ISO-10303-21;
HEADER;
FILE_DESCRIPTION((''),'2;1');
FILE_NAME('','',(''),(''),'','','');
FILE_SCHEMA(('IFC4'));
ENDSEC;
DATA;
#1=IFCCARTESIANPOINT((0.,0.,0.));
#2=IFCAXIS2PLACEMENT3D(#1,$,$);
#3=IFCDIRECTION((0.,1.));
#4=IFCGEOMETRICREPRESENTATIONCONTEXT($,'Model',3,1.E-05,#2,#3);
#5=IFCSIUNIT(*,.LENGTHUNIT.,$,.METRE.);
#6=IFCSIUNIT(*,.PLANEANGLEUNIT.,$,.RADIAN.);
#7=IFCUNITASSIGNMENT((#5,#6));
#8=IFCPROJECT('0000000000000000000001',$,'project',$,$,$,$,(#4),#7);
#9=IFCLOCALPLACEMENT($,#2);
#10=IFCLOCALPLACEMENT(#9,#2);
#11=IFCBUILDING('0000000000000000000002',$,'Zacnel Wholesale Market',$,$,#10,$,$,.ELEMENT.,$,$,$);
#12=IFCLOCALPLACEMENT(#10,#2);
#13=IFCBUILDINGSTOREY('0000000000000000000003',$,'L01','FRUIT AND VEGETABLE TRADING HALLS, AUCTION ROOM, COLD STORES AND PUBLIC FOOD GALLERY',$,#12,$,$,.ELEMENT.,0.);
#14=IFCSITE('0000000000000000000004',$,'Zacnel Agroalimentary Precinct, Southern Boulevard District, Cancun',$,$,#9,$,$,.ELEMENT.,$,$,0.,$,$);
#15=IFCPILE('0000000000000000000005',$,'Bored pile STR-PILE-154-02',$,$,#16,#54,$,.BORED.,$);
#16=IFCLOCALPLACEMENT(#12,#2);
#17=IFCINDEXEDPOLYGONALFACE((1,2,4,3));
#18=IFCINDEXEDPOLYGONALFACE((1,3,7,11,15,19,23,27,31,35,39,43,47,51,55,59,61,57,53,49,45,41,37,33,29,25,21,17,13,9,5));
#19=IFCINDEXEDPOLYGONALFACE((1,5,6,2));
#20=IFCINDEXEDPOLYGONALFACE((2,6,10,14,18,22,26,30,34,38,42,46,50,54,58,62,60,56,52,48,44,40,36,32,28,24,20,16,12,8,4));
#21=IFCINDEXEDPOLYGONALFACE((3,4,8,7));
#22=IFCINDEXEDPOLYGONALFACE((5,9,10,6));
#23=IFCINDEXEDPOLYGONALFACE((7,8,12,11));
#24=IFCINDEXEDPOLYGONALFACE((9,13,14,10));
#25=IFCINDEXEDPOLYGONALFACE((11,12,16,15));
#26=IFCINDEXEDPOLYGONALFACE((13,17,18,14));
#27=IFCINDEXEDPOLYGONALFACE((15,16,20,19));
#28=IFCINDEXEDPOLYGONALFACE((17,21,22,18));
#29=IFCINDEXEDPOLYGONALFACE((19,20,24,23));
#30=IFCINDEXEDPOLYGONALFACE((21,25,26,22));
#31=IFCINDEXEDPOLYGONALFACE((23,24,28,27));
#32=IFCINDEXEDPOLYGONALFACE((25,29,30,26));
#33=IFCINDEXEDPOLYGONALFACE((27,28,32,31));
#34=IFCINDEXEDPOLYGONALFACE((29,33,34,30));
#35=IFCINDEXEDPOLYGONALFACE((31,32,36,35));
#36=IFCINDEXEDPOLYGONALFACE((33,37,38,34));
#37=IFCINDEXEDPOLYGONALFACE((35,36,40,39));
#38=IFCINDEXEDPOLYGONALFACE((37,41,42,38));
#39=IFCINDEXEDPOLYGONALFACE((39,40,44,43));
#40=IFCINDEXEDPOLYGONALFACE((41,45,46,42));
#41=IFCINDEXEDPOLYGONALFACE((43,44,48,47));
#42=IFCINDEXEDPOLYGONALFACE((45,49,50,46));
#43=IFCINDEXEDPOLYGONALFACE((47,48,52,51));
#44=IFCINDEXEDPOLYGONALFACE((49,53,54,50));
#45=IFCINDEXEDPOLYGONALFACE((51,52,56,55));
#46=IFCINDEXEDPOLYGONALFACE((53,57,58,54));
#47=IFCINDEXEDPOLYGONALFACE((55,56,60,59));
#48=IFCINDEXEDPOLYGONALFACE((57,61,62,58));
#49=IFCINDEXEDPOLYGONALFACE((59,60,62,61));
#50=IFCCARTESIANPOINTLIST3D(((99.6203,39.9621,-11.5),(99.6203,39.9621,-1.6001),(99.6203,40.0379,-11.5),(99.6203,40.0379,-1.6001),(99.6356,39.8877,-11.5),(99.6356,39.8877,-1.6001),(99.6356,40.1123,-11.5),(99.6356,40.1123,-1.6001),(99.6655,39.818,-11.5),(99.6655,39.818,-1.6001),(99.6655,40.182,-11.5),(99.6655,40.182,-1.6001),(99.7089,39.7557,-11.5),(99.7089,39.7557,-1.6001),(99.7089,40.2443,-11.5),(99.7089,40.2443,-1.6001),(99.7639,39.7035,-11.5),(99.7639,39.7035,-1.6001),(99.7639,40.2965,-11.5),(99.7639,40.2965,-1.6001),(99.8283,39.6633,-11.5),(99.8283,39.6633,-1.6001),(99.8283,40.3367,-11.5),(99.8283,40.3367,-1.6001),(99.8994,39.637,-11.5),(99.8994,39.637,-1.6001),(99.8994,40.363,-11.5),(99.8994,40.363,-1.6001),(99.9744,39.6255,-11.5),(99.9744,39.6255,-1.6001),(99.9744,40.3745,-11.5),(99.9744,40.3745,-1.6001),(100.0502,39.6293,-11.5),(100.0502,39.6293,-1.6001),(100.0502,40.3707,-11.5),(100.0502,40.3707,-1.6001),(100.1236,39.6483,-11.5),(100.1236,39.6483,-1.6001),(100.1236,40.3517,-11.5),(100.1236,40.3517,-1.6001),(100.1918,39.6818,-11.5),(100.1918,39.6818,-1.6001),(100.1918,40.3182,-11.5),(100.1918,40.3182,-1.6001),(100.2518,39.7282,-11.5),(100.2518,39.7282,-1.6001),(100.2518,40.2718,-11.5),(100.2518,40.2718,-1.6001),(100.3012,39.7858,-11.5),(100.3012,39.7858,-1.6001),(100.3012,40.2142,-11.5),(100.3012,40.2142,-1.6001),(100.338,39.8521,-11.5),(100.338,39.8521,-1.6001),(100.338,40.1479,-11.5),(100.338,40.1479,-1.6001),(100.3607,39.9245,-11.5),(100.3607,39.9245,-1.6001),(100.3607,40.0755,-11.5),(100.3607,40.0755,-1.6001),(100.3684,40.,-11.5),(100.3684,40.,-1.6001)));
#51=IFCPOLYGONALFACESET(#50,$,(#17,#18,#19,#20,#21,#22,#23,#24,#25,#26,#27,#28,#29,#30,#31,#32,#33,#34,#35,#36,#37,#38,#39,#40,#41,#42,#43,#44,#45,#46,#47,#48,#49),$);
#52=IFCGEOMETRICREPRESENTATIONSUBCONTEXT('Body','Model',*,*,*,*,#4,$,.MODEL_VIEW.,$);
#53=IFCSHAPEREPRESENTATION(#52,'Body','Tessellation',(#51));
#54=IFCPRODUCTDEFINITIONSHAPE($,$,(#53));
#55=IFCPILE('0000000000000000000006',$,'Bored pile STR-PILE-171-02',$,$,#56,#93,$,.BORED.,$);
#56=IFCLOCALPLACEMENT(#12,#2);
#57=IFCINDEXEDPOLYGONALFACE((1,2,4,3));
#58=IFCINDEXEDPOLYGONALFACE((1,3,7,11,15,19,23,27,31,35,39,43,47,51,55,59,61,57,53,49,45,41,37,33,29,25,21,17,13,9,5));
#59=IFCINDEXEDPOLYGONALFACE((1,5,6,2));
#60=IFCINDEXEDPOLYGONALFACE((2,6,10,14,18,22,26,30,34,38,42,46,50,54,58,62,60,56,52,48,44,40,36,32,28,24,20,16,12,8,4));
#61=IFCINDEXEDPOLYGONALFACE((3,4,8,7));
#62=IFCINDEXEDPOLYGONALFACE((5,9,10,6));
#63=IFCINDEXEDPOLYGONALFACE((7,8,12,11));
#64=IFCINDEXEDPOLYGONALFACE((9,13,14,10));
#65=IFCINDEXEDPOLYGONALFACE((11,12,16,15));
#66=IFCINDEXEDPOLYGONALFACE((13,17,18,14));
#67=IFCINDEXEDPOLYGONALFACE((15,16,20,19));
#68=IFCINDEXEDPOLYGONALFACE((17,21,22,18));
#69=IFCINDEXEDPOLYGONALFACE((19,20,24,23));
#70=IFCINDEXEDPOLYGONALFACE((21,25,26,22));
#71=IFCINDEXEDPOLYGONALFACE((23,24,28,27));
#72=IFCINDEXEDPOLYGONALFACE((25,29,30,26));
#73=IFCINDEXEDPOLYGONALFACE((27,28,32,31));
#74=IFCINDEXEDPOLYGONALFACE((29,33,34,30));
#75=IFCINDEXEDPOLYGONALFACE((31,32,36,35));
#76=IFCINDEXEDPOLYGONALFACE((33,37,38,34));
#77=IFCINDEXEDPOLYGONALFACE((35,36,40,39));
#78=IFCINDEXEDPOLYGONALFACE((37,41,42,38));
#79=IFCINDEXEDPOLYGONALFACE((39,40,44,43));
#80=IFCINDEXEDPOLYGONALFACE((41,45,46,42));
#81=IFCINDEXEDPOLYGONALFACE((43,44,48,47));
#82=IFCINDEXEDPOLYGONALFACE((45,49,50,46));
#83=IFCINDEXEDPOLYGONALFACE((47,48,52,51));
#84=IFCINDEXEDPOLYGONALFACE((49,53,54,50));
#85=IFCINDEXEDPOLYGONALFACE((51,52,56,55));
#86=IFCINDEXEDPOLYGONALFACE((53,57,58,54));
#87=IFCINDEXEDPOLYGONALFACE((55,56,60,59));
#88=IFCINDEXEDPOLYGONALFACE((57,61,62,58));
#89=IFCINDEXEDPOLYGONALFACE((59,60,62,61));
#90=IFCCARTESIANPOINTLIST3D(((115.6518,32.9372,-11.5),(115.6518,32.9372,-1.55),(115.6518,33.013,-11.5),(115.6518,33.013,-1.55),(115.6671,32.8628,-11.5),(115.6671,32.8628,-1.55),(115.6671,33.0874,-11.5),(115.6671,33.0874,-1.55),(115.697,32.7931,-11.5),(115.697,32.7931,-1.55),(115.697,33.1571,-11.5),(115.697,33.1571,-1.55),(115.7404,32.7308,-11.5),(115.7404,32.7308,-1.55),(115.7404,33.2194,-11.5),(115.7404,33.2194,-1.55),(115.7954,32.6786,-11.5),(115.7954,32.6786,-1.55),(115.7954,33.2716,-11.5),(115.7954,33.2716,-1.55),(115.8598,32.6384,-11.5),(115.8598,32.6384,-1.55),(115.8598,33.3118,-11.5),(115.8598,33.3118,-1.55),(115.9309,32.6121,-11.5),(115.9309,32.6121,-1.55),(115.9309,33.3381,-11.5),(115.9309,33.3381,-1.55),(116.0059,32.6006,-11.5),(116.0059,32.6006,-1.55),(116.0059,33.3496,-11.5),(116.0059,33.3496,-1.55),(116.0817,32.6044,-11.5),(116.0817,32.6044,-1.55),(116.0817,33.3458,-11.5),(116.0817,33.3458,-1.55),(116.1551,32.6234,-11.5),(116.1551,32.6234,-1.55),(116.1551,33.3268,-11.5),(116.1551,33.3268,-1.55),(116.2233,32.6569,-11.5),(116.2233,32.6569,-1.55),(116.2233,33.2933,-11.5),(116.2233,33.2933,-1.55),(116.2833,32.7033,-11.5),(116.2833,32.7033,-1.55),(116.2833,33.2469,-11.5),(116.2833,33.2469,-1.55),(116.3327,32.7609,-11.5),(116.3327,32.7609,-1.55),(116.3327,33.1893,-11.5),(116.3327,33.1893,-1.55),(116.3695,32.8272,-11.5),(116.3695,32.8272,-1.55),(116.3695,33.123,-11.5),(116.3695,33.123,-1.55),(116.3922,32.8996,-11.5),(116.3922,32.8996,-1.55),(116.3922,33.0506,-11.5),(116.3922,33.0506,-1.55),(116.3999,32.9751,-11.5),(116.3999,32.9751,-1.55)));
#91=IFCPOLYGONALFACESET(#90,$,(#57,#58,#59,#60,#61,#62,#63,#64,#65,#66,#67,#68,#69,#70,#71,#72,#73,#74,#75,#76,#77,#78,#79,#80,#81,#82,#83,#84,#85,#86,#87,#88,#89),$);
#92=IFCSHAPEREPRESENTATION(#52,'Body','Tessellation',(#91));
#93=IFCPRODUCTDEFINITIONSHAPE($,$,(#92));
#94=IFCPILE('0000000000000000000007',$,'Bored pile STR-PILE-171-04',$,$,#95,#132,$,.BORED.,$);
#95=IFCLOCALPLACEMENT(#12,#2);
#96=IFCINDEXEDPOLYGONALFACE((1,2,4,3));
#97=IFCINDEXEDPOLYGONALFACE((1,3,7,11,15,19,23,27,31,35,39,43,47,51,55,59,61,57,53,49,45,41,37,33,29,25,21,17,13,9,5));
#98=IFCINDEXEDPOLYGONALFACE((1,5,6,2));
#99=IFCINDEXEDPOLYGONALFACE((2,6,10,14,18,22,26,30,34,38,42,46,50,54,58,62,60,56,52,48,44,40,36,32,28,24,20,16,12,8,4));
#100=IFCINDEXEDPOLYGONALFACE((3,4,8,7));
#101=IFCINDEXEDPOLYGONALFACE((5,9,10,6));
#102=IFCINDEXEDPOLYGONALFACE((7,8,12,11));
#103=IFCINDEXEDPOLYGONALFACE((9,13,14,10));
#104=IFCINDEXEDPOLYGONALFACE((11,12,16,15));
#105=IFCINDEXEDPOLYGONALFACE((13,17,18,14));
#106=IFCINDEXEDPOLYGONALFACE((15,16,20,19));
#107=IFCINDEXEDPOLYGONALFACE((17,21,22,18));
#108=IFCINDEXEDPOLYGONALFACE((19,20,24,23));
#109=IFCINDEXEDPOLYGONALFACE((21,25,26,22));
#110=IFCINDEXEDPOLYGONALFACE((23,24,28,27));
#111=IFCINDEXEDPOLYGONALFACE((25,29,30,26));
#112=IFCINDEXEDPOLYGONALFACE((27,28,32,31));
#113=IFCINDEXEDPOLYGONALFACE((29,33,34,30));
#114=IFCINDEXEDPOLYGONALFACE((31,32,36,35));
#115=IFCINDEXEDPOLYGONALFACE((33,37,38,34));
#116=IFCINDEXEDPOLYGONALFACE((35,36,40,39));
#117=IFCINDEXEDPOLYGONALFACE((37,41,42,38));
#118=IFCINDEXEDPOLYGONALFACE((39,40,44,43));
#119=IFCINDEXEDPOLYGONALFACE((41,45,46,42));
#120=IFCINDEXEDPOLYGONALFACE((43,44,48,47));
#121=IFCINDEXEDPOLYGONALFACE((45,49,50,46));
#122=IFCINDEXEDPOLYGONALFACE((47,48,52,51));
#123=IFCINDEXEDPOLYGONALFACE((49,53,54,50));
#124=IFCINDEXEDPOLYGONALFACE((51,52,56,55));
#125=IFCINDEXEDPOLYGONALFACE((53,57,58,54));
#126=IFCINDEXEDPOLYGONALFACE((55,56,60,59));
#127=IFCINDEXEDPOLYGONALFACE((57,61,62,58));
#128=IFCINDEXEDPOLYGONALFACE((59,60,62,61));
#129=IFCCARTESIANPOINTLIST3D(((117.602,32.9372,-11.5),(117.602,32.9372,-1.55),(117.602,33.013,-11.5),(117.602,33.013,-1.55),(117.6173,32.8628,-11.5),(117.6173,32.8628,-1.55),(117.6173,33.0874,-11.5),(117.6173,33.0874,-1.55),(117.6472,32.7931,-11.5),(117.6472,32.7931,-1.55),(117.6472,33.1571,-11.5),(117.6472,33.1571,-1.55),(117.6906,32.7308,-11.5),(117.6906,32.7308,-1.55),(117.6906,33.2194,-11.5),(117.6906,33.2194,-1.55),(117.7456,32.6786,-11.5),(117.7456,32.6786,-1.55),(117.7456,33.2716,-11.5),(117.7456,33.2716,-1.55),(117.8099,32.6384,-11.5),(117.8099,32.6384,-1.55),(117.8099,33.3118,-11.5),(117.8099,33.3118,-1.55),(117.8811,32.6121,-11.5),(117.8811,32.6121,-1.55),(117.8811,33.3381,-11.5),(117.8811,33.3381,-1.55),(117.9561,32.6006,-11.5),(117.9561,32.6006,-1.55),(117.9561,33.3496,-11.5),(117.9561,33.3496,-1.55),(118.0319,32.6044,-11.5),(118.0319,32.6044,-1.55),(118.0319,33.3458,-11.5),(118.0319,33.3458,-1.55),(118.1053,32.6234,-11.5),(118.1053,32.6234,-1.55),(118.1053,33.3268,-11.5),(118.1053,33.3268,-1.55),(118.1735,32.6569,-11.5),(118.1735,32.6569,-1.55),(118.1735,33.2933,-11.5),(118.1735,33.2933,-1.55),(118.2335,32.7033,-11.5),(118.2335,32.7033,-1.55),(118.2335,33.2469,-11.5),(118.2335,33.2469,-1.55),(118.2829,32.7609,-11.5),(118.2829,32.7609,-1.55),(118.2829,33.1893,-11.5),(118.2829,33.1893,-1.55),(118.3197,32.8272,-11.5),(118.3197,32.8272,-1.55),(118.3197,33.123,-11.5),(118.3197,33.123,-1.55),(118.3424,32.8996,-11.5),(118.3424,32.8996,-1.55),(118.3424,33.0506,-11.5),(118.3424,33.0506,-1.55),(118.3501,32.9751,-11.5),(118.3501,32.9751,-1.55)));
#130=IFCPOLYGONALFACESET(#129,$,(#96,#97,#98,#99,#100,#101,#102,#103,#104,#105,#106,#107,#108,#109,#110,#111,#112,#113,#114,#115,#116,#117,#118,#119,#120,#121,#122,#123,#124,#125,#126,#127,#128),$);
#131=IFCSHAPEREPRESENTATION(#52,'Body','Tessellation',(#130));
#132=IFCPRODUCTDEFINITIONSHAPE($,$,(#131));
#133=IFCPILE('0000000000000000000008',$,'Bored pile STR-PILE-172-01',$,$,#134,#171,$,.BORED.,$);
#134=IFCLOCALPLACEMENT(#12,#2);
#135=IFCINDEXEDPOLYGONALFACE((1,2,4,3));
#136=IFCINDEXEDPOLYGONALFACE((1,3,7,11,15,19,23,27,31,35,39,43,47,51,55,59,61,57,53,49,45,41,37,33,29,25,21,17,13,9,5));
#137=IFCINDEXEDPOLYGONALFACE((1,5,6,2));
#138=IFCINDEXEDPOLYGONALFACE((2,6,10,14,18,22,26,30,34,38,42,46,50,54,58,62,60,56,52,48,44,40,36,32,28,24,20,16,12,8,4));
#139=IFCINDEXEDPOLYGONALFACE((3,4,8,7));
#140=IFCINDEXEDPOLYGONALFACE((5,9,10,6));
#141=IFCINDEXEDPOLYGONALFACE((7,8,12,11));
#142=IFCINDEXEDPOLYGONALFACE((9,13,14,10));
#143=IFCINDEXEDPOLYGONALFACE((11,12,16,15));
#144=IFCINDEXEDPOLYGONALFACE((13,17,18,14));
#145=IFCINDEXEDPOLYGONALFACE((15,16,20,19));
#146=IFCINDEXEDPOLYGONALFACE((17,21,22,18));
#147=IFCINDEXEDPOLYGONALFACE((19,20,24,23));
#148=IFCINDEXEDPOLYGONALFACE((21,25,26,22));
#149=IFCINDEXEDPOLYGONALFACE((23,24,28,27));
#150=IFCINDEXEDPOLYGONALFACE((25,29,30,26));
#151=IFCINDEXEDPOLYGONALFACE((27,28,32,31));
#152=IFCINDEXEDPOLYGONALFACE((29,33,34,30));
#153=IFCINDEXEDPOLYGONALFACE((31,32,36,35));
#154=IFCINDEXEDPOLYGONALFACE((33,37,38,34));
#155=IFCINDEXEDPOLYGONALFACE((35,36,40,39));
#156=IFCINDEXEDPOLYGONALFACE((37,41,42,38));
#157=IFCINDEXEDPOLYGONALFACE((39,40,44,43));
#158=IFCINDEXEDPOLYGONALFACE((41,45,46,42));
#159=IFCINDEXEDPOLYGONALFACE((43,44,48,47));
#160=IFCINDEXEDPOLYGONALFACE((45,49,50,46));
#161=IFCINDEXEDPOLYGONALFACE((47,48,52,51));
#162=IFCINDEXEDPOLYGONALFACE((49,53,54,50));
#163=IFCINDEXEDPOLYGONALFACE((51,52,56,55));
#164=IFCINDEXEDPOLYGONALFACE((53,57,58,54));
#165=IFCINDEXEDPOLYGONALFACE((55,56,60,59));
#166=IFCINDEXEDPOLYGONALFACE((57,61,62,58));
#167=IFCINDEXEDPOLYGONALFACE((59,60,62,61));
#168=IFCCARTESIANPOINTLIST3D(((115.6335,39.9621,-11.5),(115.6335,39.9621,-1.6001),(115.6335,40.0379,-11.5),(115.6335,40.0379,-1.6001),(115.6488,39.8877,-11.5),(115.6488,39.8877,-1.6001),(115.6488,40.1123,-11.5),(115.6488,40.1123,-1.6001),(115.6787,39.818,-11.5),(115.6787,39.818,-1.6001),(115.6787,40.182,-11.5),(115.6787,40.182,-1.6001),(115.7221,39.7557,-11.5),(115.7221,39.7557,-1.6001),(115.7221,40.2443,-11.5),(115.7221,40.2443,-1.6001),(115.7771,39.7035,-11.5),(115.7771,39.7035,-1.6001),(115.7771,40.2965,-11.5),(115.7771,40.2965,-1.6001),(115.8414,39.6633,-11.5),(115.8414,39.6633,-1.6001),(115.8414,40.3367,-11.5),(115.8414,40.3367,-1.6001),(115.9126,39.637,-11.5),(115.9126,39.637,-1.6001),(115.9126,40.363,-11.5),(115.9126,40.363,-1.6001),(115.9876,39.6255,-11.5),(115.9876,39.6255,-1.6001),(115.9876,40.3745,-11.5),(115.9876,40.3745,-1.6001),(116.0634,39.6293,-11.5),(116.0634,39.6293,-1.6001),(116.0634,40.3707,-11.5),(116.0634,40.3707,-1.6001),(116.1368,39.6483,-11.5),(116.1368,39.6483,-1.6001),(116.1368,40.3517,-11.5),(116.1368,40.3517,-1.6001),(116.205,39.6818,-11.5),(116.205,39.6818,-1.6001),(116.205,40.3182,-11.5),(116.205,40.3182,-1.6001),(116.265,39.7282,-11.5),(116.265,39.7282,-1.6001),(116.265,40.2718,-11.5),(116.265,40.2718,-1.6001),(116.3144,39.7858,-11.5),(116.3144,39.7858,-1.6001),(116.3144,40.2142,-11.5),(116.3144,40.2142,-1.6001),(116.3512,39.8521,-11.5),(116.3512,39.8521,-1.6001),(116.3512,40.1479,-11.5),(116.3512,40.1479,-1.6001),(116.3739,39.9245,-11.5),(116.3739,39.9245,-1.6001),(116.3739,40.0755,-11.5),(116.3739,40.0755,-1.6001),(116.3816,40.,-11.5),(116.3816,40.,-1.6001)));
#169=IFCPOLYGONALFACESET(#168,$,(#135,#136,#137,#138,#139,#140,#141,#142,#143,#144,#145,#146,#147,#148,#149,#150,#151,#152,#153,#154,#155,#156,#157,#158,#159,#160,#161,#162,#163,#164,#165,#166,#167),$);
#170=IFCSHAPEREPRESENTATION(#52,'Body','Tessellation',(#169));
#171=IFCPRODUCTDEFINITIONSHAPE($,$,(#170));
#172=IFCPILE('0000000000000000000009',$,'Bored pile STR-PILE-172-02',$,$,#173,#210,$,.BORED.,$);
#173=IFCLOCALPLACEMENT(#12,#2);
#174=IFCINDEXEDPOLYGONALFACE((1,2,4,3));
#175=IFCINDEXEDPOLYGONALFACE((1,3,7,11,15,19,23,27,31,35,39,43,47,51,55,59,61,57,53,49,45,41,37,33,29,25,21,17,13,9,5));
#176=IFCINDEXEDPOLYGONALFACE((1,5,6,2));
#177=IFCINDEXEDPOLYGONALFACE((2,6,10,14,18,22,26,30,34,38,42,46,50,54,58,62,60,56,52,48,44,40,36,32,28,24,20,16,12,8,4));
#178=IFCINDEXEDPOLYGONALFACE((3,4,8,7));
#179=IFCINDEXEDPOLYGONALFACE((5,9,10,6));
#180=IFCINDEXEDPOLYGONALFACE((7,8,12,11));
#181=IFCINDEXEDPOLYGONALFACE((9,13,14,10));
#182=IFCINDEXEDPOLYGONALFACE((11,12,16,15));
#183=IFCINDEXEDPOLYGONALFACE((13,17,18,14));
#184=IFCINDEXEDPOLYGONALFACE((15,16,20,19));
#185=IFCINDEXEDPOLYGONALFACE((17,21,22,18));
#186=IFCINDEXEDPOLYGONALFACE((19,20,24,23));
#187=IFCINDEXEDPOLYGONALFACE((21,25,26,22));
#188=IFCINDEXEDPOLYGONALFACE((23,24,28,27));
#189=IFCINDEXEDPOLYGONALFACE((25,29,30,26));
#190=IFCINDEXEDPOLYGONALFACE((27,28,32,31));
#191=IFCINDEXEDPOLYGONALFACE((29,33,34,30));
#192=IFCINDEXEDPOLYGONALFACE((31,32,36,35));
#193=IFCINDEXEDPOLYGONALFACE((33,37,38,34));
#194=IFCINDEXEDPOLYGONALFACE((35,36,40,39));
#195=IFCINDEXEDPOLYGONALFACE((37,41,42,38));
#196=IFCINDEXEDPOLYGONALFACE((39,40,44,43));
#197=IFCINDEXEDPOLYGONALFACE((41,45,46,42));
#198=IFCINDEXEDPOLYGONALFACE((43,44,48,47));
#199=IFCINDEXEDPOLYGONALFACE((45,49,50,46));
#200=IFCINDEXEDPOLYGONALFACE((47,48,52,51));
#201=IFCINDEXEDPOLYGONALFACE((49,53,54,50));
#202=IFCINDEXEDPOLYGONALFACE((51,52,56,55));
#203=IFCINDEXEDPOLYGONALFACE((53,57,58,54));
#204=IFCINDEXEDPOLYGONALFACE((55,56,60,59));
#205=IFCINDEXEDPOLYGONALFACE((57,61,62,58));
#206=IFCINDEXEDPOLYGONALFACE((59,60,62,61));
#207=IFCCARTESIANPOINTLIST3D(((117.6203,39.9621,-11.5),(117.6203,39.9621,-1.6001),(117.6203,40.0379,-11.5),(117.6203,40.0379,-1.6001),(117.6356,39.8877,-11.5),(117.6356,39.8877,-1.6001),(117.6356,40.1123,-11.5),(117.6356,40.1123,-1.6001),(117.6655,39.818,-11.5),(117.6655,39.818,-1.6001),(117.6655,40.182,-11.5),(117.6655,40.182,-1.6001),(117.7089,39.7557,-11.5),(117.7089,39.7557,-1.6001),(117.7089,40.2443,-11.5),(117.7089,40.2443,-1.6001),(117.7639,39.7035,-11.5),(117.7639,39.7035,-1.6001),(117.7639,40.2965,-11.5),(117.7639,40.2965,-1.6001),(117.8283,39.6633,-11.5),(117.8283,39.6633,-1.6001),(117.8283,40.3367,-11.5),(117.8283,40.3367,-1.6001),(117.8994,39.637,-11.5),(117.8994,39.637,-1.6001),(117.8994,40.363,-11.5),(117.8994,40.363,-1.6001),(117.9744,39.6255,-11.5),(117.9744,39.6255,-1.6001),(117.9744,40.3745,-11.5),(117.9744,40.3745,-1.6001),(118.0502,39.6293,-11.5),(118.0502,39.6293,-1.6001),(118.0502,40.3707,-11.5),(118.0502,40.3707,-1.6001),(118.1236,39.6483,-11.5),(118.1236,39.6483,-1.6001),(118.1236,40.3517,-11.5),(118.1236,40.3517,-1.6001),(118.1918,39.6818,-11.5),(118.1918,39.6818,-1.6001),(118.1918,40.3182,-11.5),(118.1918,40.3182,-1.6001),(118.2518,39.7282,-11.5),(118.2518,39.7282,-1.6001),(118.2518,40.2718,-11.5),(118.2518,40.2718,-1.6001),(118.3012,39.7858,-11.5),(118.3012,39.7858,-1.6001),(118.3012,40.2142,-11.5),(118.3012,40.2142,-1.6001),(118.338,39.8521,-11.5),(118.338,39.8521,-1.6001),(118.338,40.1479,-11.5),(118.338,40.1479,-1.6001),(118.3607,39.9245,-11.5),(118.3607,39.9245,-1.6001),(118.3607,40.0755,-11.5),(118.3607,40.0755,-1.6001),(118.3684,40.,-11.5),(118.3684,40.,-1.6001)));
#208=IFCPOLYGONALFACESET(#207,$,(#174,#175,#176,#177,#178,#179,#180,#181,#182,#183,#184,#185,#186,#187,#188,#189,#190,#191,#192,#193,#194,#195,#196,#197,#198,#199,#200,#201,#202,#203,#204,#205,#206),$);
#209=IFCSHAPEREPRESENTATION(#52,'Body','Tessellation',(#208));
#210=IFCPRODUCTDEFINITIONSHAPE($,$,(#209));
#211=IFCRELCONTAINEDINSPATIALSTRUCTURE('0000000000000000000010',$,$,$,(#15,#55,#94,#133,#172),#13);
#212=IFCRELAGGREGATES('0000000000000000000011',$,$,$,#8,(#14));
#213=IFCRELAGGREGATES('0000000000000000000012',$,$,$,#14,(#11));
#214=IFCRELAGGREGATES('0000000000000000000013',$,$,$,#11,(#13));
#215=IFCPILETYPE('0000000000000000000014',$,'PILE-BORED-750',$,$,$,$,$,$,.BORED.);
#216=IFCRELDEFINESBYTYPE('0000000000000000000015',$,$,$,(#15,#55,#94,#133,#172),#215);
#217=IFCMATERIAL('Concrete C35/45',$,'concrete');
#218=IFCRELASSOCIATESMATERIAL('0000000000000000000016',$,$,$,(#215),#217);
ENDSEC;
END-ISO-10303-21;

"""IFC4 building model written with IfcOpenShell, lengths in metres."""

from ifc_helpers import new_model, si_unit, direction, frame, origin, origin_2d, place, context, subcontext, project, spatial, circle, extrude, material, material_profile, profile_set, type_object, element, save


model = new_model("IFC4")

# Units and contexts
model_context = context("Model", 3, precision=1e-05, world=origin(), true_north=direction((0.0, 1.0)))
body_context = subcontext(model_context, "Body", "Model", "MODEL_VIEW")
ifc_project = project(units=[si_unit("LENGTHUNIT", "METRE"), si_unit("PLANEANGLEUNIT", "RADIAN")], contexts=[model_context])

# Site, building, storey
site_placement = place(None, origin())
site = spatial("IfcSite", under=ifc_project, at=site_placement, Name="Zacnel Agroalimentary Precinct, Southern Boulevard District, Cancun", CompositionType="ELEMENT", RefElevation=0.0)
building_placement = place(site_placement, origin())
building = spatial("IfcBuilding", under=site, at=building_placement, Name="Zacnel Wholesale Market", CompositionType="ELEMENT")
storey_placement = place(building_placement, origin())
storey = spatial("IfcBuildingStorey", under=building, at=storey_placement, Name="L01", Description="FRUIT AND VEGETABLE TRADING HALLS, AUCTION ROOM, COLD STORES AND PUBLIC FOOD GALLERY", CompositionType="ELEMENT", Elevation=0.0)

# Piles
ifc_material_1 = material(Name="Concrete C35/45", Category="concrete")
ifc_material_profile_1 = material_profile(ifc_material_1, circle(Radius=0.375, at=origin_2d()), Name="BORED PILE D750")
ifc_profile_set_1 = profile_set([ifc_material_profile_1], Name="Concrete C35/45")
pile_type_1 = type_object("IfcPileType", Name="PILE-BORED-750", PredefinedType="BORED", material=ifc_profile_set_1)
pile_1_placement = place(storey_placement, frame((99.9934, 40.0, -1.6001), z_axis=(0.0, 0.0, -1.0), x_axis=(1.0, 0.0, 0.0)))
element("IfcPile", 1, at=pile_1_placement, inside=storey, type_object=pile_type_1, Name="Bored pile STR-PILE-154-02", PredefinedType="BORED", context=body_context, shape_type="SweptSolid", body=[
    extrude(circle(Radius=0.375, at=origin_2d()), origin(), (0.0, 0.0, 1.0), 9.8999),
])
for number, where, z_axis, x_axis, name in (
    (2, (116.0249, 32.9751, -1.55), (0.0, 0.0, -1.0), (1.0, 0.0, 0.0), "Bored pile STR-PILE-171-02"),
    (3, (117.9751, 32.9751, -1.55), (0.0, 0.0, -1.0), (1.0, 0.0, 0.0), "Bored pile STR-PILE-171-04"),
):
    element("IfcPile", number, at=place(storey_placement, frame(where, z_axis=z_axis, x_axis=x_axis)), inside=storey, type_object=pile_type_1, Name=name, PredefinedType="BORED", context=body_context, shape_type="SweptSolid", body=[
        extrude(circle(Radius=0.375, at=origin_2d()), origin(), (0.0, 0.0, 1.0), 9.95),
    ])
for number, where, z_axis, x_axis, name in (
    (4, (116.0066, 40.0, -1.6001), (0.0, 0.0, -1.0), (1.0, 0.0, 0.0), "Bored pile STR-PILE-172-01"),
    (5, (117.9934, 40.0, -1.6001), (0.0, 0.0, -1.0), (1.0, 0.0, 0.0), "Bored pile STR-PILE-172-02"),
):
    element("IfcPile", number, at=place(storey_placement, frame(where, z_axis=z_axis, x_axis=x_axis)), inside=storey, type_object=pile_type_1, Name=name, PredefinedType="BORED", context=body_context, shape_type="SweptSolid", body=[
        extrude(circle(Radius=0.375, at=origin_2d()), origin(), (0.0, 0.0, 1.0), 9.8999),
    ])

save(model, "model.ifc")
